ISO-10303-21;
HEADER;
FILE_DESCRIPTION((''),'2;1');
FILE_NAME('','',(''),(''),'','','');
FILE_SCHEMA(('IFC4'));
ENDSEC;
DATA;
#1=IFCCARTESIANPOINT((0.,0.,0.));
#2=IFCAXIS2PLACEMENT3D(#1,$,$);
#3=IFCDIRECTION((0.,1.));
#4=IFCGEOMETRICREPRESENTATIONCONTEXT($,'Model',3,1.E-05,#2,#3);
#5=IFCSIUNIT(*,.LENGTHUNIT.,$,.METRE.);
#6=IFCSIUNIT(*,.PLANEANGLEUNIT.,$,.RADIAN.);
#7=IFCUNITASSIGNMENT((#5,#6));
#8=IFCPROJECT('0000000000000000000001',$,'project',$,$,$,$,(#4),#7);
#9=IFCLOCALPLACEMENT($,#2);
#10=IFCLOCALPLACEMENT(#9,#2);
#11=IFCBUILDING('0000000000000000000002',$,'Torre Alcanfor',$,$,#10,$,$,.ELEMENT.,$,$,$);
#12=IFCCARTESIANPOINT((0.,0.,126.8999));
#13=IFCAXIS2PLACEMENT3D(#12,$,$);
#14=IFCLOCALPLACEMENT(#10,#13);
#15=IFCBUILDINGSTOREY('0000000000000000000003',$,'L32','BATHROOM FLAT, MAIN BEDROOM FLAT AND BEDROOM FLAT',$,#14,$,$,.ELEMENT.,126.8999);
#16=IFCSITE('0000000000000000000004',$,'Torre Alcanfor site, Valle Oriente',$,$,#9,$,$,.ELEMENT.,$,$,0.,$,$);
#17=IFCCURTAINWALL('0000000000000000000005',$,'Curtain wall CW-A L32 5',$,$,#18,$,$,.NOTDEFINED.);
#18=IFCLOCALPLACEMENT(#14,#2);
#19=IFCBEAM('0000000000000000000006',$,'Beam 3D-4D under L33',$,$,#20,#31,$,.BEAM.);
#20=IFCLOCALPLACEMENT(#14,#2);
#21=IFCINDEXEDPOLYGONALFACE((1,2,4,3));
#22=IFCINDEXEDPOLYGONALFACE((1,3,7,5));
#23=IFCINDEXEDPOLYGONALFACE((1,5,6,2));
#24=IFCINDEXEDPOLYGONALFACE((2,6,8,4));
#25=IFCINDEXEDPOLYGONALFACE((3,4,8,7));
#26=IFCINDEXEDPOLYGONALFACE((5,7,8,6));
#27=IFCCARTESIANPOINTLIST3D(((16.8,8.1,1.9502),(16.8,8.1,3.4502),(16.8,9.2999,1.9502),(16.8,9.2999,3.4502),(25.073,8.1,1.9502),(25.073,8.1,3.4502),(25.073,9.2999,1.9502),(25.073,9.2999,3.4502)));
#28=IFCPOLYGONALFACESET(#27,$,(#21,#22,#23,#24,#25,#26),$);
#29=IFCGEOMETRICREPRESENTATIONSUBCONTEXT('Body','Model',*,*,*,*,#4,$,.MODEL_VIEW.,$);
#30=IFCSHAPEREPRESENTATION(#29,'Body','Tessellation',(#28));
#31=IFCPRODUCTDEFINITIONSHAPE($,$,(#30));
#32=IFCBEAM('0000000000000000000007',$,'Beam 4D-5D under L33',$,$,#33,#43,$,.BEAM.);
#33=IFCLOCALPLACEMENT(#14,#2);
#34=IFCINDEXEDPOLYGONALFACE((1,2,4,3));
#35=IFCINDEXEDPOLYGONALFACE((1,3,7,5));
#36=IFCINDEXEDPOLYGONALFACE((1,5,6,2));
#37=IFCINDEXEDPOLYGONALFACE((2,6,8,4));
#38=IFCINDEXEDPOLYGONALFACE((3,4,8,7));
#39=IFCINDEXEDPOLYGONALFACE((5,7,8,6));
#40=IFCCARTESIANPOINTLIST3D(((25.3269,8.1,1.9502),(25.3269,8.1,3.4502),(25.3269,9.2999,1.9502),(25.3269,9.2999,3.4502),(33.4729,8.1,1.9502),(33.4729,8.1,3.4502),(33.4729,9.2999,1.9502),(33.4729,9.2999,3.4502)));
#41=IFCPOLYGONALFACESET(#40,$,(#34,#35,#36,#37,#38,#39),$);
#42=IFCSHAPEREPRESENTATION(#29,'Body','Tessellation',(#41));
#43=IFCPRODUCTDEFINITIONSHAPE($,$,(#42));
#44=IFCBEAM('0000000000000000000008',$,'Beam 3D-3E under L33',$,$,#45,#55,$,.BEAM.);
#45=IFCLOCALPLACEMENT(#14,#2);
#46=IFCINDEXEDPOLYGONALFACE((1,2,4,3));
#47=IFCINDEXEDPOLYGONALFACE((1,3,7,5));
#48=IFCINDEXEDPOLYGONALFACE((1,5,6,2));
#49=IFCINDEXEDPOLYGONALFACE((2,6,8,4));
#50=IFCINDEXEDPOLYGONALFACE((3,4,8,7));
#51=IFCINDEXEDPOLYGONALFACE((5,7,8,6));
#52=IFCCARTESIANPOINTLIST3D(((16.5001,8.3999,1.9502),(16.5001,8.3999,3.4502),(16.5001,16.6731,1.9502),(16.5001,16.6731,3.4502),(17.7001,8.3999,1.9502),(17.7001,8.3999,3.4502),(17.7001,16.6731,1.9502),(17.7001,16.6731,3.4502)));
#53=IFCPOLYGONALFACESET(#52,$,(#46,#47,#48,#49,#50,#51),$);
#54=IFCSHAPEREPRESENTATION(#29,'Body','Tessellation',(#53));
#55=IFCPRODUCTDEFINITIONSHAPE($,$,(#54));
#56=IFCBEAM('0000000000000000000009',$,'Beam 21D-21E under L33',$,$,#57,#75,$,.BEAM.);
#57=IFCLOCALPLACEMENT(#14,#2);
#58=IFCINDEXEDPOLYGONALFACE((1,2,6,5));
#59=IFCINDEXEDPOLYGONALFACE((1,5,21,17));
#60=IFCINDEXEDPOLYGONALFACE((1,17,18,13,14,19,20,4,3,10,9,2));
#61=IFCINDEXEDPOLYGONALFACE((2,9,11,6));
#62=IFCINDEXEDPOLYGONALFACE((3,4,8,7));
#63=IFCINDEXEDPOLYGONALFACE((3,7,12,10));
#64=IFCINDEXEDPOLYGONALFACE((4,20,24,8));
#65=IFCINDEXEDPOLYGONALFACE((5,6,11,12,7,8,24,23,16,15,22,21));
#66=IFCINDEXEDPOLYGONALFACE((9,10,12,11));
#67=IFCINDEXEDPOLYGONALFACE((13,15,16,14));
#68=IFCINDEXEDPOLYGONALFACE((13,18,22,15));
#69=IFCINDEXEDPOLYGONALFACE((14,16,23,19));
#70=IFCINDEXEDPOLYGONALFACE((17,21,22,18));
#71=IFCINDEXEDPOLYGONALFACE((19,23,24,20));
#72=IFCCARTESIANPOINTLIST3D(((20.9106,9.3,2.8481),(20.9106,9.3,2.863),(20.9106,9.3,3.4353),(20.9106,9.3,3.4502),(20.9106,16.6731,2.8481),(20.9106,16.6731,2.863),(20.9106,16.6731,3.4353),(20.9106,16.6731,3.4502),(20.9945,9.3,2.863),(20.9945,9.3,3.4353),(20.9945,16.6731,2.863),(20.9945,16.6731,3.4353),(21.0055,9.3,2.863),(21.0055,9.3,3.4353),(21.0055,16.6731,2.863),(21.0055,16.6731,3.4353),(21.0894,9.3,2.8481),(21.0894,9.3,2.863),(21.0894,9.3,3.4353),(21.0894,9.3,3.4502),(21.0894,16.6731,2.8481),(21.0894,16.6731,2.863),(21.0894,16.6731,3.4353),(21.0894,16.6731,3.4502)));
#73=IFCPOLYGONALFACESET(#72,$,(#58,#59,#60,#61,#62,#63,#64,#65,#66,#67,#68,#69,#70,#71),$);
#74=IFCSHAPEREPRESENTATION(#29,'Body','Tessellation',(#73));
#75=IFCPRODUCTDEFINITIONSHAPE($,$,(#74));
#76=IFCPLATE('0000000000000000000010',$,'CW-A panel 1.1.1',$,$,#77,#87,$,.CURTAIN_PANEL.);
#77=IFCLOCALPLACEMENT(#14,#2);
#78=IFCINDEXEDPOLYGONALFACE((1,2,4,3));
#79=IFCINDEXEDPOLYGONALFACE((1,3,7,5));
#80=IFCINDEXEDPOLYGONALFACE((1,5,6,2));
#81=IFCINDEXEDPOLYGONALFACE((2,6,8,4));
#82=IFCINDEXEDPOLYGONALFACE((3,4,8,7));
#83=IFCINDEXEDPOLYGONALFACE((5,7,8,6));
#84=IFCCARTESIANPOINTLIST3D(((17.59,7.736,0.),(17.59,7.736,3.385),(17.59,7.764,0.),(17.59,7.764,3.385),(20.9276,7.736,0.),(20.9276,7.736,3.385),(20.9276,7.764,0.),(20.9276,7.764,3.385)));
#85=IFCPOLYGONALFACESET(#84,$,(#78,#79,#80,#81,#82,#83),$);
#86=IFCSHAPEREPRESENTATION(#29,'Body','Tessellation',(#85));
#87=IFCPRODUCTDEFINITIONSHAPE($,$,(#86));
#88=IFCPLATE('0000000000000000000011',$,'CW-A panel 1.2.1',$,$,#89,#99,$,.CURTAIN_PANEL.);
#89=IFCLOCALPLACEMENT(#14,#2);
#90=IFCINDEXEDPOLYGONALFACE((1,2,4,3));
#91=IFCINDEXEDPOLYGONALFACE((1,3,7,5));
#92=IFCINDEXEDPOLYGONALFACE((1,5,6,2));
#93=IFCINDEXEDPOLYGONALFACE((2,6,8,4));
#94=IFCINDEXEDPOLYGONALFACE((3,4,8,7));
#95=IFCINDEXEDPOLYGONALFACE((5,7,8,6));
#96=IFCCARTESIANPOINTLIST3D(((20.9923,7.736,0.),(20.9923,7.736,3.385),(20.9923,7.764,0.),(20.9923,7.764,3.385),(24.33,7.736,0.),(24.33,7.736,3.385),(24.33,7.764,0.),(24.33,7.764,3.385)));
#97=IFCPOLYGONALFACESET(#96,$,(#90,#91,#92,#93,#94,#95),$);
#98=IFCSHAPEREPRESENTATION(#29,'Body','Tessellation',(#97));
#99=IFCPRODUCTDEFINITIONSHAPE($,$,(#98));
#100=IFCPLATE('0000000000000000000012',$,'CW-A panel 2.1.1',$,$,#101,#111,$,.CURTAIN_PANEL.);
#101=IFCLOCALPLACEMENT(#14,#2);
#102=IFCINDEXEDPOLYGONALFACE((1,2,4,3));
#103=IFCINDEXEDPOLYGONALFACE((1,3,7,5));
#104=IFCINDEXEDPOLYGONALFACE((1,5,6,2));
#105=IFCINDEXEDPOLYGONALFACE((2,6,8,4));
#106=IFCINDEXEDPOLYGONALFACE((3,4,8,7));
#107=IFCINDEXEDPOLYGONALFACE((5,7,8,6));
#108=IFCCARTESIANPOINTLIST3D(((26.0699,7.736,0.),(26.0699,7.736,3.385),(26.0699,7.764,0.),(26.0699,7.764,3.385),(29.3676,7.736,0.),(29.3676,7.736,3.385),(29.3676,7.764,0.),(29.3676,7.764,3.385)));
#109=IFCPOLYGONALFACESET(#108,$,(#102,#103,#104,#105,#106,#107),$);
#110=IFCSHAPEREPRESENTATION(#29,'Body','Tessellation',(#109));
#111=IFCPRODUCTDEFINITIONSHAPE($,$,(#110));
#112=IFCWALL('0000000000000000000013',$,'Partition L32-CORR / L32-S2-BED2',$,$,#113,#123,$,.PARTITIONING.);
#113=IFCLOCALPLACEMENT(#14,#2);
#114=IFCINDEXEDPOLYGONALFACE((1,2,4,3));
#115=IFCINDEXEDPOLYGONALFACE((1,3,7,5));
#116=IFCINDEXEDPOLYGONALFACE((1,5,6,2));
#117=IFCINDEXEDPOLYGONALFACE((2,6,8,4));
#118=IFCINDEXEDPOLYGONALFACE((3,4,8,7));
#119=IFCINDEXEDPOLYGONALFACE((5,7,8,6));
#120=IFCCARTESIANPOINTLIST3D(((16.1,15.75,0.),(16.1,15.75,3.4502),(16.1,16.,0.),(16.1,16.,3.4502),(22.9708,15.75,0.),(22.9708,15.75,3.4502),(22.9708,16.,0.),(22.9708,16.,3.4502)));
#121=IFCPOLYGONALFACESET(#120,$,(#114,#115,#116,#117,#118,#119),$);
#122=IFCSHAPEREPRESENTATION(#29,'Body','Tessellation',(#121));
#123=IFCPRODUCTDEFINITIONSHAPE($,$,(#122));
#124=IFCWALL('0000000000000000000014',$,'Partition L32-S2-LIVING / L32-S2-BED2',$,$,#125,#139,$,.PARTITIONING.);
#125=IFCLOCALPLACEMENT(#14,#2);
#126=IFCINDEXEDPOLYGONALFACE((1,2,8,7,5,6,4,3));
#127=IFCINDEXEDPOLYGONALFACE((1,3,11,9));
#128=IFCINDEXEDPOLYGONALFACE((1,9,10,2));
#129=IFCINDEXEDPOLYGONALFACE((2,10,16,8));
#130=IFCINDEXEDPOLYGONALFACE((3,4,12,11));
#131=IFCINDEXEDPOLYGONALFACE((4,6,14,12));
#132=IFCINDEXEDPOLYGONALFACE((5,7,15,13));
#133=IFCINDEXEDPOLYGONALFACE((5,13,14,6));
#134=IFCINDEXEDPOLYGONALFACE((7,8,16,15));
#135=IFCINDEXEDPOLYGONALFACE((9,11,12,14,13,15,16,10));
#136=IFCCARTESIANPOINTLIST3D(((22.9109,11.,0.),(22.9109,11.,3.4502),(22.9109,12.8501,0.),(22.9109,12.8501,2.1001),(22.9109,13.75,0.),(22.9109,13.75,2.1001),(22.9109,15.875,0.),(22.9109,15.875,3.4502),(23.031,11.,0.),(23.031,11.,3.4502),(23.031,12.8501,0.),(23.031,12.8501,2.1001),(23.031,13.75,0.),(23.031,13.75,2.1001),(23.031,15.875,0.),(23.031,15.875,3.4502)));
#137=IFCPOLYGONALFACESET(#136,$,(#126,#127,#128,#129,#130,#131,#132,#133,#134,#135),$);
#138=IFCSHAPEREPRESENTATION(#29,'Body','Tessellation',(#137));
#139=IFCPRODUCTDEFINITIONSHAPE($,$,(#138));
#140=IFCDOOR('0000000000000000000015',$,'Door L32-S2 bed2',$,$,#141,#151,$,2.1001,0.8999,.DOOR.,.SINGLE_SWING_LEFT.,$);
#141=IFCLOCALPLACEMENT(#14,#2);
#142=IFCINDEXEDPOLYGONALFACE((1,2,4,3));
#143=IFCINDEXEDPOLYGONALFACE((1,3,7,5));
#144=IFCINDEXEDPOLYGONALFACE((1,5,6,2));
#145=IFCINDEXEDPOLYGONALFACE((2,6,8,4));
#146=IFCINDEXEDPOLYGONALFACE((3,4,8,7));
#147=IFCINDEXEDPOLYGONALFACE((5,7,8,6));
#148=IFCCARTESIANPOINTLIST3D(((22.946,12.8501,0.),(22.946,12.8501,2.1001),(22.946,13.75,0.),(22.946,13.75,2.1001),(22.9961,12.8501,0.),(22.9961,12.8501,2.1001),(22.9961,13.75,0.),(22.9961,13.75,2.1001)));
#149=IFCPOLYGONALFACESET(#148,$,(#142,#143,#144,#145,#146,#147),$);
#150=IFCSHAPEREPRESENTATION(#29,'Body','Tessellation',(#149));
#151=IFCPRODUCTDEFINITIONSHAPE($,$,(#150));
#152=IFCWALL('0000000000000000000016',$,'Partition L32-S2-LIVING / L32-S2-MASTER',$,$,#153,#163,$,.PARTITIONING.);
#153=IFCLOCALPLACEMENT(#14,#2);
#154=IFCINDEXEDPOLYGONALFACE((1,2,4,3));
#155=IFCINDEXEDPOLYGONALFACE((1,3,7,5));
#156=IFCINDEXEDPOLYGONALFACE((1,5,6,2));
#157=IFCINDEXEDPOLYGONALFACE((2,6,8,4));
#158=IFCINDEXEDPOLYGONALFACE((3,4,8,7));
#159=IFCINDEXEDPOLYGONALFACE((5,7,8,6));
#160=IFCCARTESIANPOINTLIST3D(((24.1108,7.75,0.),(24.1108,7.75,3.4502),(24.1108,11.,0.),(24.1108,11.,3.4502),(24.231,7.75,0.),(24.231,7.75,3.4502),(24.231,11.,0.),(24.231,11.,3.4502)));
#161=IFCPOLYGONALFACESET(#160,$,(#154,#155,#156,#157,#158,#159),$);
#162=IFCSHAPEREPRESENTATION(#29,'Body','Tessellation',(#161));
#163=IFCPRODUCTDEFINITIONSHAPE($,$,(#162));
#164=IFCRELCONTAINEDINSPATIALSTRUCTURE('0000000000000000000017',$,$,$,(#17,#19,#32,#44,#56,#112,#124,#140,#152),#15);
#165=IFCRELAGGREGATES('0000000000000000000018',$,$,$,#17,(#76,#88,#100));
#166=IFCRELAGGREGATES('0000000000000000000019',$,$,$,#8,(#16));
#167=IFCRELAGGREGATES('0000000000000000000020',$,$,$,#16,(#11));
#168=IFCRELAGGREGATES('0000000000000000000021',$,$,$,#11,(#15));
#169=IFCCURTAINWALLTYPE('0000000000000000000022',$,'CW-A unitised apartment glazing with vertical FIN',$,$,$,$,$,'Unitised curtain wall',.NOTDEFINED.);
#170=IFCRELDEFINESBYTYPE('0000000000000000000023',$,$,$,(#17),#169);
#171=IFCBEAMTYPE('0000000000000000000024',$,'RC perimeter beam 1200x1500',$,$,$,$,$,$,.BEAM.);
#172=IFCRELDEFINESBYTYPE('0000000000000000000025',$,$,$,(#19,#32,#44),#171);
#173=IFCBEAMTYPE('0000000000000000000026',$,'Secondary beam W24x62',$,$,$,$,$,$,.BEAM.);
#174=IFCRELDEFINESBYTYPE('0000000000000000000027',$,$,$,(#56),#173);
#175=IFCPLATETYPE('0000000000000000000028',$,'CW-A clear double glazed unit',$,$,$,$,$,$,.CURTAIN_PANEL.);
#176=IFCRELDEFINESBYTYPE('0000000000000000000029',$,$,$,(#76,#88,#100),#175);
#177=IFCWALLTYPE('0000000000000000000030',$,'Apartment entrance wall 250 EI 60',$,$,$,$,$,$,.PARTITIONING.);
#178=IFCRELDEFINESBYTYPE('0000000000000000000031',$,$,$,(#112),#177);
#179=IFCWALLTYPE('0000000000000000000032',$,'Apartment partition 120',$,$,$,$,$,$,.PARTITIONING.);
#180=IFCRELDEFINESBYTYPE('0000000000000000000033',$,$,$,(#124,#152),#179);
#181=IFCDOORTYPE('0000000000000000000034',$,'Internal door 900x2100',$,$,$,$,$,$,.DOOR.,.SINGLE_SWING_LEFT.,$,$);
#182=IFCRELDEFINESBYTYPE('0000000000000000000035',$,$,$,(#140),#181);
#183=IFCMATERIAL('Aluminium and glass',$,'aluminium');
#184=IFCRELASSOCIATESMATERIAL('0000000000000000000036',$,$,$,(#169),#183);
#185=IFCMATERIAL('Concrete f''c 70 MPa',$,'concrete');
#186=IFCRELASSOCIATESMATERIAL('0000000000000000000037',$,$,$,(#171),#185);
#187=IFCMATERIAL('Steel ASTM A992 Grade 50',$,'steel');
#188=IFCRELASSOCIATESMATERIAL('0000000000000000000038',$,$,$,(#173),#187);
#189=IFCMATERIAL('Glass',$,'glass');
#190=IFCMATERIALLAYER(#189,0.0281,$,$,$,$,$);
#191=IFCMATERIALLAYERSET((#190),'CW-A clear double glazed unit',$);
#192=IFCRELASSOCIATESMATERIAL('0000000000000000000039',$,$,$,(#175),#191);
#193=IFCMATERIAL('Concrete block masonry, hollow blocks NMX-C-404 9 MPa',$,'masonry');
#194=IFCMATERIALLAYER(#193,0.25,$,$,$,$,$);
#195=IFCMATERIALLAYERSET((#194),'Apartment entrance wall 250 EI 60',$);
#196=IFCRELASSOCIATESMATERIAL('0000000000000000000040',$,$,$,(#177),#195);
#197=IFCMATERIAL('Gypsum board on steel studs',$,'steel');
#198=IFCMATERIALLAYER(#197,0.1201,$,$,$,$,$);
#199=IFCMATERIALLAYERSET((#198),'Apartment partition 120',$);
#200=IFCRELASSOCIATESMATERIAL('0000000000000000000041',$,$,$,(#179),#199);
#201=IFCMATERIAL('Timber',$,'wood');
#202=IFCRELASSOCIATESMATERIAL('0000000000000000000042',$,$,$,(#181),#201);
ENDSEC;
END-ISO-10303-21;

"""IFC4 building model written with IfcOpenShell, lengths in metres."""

from ifc_helpers import new_model, si_unit, direction, frame, frame_2d, origin, origin_2d, place, context, subcontext, project, spatial, rectangle, i_section, extrude, material, layer, layer_set, material_profile, profile_set, type_object, element, fill, aggregate, save


model = new_model("IFC4")

# Units and contexts
model_context = context("Model", 3, precision=1e-05, world=origin(), true_north=direction((0.0, 1.0)))
body_context = subcontext(model_context, "Body", "Model", "MODEL_VIEW")
ifc_project = project(units=[si_unit("LENGTHUNIT", "METRE"), si_unit("PLANEANGLEUNIT", "RADIAN")], contexts=[model_context])

# Site, building, storey
site_placement = place(None, origin())
site = spatial("IfcSite", under=ifc_project, at=site_placement, Name="Torre Alcanfor site, Valle Oriente", CompositionType="ELEMENT", RefElevation=0.0)
building_placement = place(site_placement, origin())
building = spatial("IfcBuilding", under=site, at=building_placement, Name="Torre Alcanfor", CompositionType="ELEMENT")
storey_placement = place(building_placement, frame((0.0, 0.0, 126.8999)))
storey = spatial("IfcBuildingStorey", under=building, at=storey_placement, Name="L32", Description="BATHROOM FLAT, MAIN BEDROOM FLAT AND BEDROOM FLAT", CompositionType="ELEMENT", Elevation=126.8999)

# Curtain wall
ifc_material_1 = material(Name="Aluminium and glass", Category="aluminium")
curtain_wall_type = type_object("IfcCurtainWallType", Name="CW-A unitised apartment glazing with vertical FIN", ElementType="Unitised curtain wall", PredefinedType="NOTDEFINED", material=ifc_material_1)
curtain_wall_placement = place(storey_placement, origin())
curtain_wall = element("IfcCurtainWall", 1, at=curtain_wall_placement, inside=storey, type_object=curtain_wall_type, Name="Curtain wall CW-A L32 5", PredefinedType="NOTDEFINED")

# Beams
ifc_material_2 = material(Name="Concrete f'c 70 MPa", Category="concrete")
ifc_material_profile_1 = material_profile(ifc_material_2, rectangle(XDim=1.2, YDim=1.5, at=origin_2d()), Name="1200x1500")
ifc_profile_set_1 = profile_set([ifc_material_profile_1], Name="Concrete f'c 70 MPa")
beam_type_1 = type_object("IfcBeamType", Name="RC perimeter beam 1200x1500", PredefinedType="BEAM", material=ifc_profile_set_1)
beam_1_placement = place(storey_placement, frame((16.8, 8.7, 2.7002), z_axis=(1.0, 0.0, 0.0), x_axis=(0.0, 1.0, 0.0)))
element("IfcBeam", 2, at=beam_1_placement, inside=storey, type_object=beam_type_1, Name="Beam 3D-4D under L33", PredefinedType="BEAM", context=body_context, shape_type="SweptSolid", body=[
    extrude(rectangle(XDim=1.2, YDim=1.5, at=origin_2d()), origin(), (0.0, 0.0, 1.0), 8.2729),
])
beam_2_placement = place(storey_placement, frame((25.3269, 8.7, 2.7002), z_axis=(1.0, 0.0, 0.0), x_axis=(0.0, 1.0, 0.0)))
element("IfcBeam", 3, at=beam_2_placement, inside=storey, type_object=beam_type_1, Name="Beam 4D-5D under L33", PredefinedType="BEAM", context=body_context, shape_type="SweptSolid", body=[
    extrude(rectangle(XDim=1.2, YDim=1.5, at=origin_2d()), origin(), (0.0, 0.0, 1.0), 8.146),
])
beam_3_placement = place(storey_placement, frame((17.1001, 8.3999, 2.7002), z_axis=(0.0, 1.0, 0.0), x_axis=(-1.0, 0.0, 0.0)))
element("IfcBeam", 4, at=beam_3_placement, inside=storey, type_object=beam_type_1, Name="Beam 3D-3E under L33", PredefinedType="BEAM", context=body_context, shape_type="SweptSolid", body=[
    extrude(rectangle(XDim=1.2, YDim=1.5, at=origin_2d()), origin(), (0.0, 0.0, 1.0), 8.2732),
])
ifc_material_3 = material(Name="Steel ASTM A992 Grade 50", Category="steel")
ifc_material_profile_2 = material_profile(ifc_material_3, i_section(OverallWidth=0.1787, OverallDepth=0.6021, WebThickness=0.011, FlangeThickness=0.0149, at=origin_2d()), Name="W24x62")
ifc_profile_set_2 = profile_set([ifc_material_profile_2], Name="Steel ASTM A992 Grade 50")
beam_type_2 = type_object("IfcBeamType", Name="Secondary beam W24x62", PredefinedType="BEAM", material=ifc_profile_set_2)
beam_4_placement = place(storey_placement, frame((21.0, 9.3, 3.1492), z_axis=(0.0, 1.0, 0.0), x_axis=(-1.0, 0.0, 0.0)))
element("IfcBeam", 5, at=beam_4_placement, inside=storey, type_object=beam_type_2, Name="Beam 21D-21E under L33", PredefinedType="BEAM", context=body_context, shape_type="SweptSolid", body=[
    extrude(i_section(OverallWidth=0.1787, OverallDepth=0.6021, WebThickness=0.011, FlangeThickness=0.0149, at=origin_2d()), origin(), (0.0, 0.0, 1.0), 7.373),
])

# Plates
ifc_material_4 = material(Name="Glass", Category="glass")
ifc_layer_1 = layer(ifc_material_4, 0.0281)
ifc_layer_set_1 = layer_set([ifc_layer_1], Name="CW-A clear double glazed unit")
plate_type = type_object("IfcPlateType", Name="CW-A clear double glazed unit", PredefinedType="CURTAIN_PANEL", material=ifc_layer_set_1)
plate_1_placement = place(storey_placement, frame((19.2588, 7.75, 0.0), z_axis=(0.0, 0.0, 1.0), x_axis=(1.0, 0.0, 0.0)))
plate_1 = element("IfcPlate", 6, at=plate_1_placement, type_object=plate_type, Name="CW-A panel 1.1.1", PredefinedType="CURTAIN_PANEL", context=body_context, shape_type="SweptSolid", body=[
    extrude(rectangle(XDim=3.3376, YDim=0.0281, at=origin_2d()), origin(), (0.0, 0.0, 1.0), 3.385),
])
plate_2_placement = place(storey_placement, frame((22.6611, 7.75, 0.0), z_axis=(0.0, 0.0, 1.0), x_axis=(1.0, 0.0, 0.0)))
plate_2 = element("IfcPlate", 7, at=plate_2_placement, type_object=plate_type, Name="CW-A panel 1.2.1", PredefinedType="CURTAIN_PANEL", context=body_context, shape_type="SweptSolid", body=[
    extrude(rectangle(XDim=3.3376, YDim=0.0281, at=origin_2d()), origin(), (0.0, 0.0, 1.0), 3.385),
])
plate_3_placement = place(storey_placement, frame((27.7188, 7.75, 0.0), z_axis=(0.0, 0.0, 1.0), x_axis=(1.0, 0.0, 0.0)))
plate_3 = element("IfcPlate", 8, at=plate_3_placement, type_object=plate_type, Name="CW-A panel 2.1.1", PredefinedType="CURTAIN_PANEL", context=body_context, shape_type="SweptSolid", body=[
    extrude(rectangle(XDim=3.2976, YDim=0.0281, at=origin_2d()), origin(), (0.0, 0.0, 1.0), 3.385),
])
aggregate(curtain_wall, [plate_1, plate_2, plate_3])

# Wall
ifc_material_5 = material(Name="Concrete block masonry, hollow blocks NMX-C-404 9 MPa", Category="masonry")
ifc_layer_2 = layer(ifc_material_5, 0.25)
ifc_layer_set_2 = layer_set([ifc_layer_2], Name="Apartment entrance wall 250 EI 60")
wall_type_1 = type_object("IfcWallType", Name="Apartment entrance wall 250 EI 60", PredefinedType="PARTITIONING", material=ifc_layer_set_2)
wall_1_placement = place(storey_placement, frame((22.9709, 15.875, 0.0), z_axis=(0.0, 0.0, 1.0), x_axis=(-1.0, 0.0, 0.0)))
element("IfcWall", 9, at=wall_1_placement, inside=storey, type_object=wall_type_1, Name="Partition L32-CORR / L32-S2-BED2", PredefinedType="PARTITIONING", context=body_context, shape_type="SweptSolid", body=[
    extrude(rectangle(XDim=6.8708, YDim=0.25, at=frame_2d((3.4355, 0.0))), origin(), (0.0, 0.0, 1.0), 3.4502),
])

# Wall, opening, door
ifc_material_6 = material(Name="Gypsum board on steel studs", Category="steel")
ifc_layer_3 = layer(ifc_material_6, 0.1201)
ifc_layer_set_3 = layer_set([ifc_layer_3], Name="Apartment partition 120")
wall_type_2 = type_object("IfcWallType", Name="Apartment partition 120", PredefinedType="PARTITIONING", material=ifc_layer_set_3)
wall_2_placement = place(storey_placement, frame((22.9709, 11.0, 0.0), z_axis=(0.0, 0.0, 1.0), x_axis=(0.0, 1.0, 0.0)))
wall_2 = element("IfcWall", 10, at=wall_2_placement, inside=storey, type_object=wall_type_2, Name="Partition L32-S2-LIVING / L32-S2-BED2", PredefinedType="PARTITIONING", context=body_context, shape_type="SweptSolid", body=[
    extrude(rectangle(XDim=4.875, YDim=0.1201, at=frame_2d((2.4375, 0.0))), origin(), (0.0, 0.0, 1.0), 3.4502),
])
opening_1_placement = place(wall_2_placement, frame((1.8501, 0.0, 0.0)))
opening_1 = element("IfcOpeningElement", 11, at=opening_1_placement, cuts=wall_2, PredefinedType="OPENING", context=body_context, shape_type="SweptSolid", body=[
    extrude(rectangle(XDim=0.8999, YDim=2.1001, at=frame_2d((0.45, 1.05))), frame((0.0, 0.0701, 0.0), z_axis=(0.0, -1.0, 0.0), x_axis=(1.0, 0.0, 0.0)), (0.0, 0.0, 1.0), 0.1401),
])
ifc_material_7 = material(Name="Timber", Category="wood")
door_type_1 = type_object("IfcDoorType", Name="Internal door 900x2100", OperationType="SINGLE_SWING_LEFT", PredefinedType="DOOR", material=ifc_material_7)
door_1_placement = place(opening_1_placement, origin())
door_1 = element("IfcDoor", 12, at=door_1_placement, inside=storey, type_object=door_type_1, Name="Door L32-S2 bed2", OperationType="SINGLE_SWING_LEFT", OverallHeight=2.1001, OverallWidth=0.8999, PredefinedType="DOOR", context=body_context, shape_type="SweptSolid", body=[
    extrude(rectangle(XDim=0.8999, YDim=2.1001, at=frame_2d((0.45, 1.05))), frame((0.0, 0.0249, 0.0), z_axis=(0.0, -1.0, 0.0), x_axis=(1.0, 0.0, 0.0)), (0.0, 0.0, 1.0), 0.05),
])
fill(opening_1, door_1)

# Wall
wall_3_placement = place(storey_placement, frame((24.1709, 7.75, 0.0), z_axis=(0.0, 0.0, 1.0), x_axis=(0.0, 1.0, 0.0)))
element("IfcWall", 13, at=wall_3_placement, inside=storey, type_object=wall_type_2, Name="Partition L32-S2-LIVING / L32-S2-MASTER", PredefinedType="PARTITIONING", context=body_context, shape_type="SweptSolid", body=[
    extrude(rectangle(XDim=3.25, YDim=0.1201, at=frame_2d((1.625, 0.0))), origin(), (0.0, 0.0, 1.0), 3.4502),
])

save(model, "model.ifc")
